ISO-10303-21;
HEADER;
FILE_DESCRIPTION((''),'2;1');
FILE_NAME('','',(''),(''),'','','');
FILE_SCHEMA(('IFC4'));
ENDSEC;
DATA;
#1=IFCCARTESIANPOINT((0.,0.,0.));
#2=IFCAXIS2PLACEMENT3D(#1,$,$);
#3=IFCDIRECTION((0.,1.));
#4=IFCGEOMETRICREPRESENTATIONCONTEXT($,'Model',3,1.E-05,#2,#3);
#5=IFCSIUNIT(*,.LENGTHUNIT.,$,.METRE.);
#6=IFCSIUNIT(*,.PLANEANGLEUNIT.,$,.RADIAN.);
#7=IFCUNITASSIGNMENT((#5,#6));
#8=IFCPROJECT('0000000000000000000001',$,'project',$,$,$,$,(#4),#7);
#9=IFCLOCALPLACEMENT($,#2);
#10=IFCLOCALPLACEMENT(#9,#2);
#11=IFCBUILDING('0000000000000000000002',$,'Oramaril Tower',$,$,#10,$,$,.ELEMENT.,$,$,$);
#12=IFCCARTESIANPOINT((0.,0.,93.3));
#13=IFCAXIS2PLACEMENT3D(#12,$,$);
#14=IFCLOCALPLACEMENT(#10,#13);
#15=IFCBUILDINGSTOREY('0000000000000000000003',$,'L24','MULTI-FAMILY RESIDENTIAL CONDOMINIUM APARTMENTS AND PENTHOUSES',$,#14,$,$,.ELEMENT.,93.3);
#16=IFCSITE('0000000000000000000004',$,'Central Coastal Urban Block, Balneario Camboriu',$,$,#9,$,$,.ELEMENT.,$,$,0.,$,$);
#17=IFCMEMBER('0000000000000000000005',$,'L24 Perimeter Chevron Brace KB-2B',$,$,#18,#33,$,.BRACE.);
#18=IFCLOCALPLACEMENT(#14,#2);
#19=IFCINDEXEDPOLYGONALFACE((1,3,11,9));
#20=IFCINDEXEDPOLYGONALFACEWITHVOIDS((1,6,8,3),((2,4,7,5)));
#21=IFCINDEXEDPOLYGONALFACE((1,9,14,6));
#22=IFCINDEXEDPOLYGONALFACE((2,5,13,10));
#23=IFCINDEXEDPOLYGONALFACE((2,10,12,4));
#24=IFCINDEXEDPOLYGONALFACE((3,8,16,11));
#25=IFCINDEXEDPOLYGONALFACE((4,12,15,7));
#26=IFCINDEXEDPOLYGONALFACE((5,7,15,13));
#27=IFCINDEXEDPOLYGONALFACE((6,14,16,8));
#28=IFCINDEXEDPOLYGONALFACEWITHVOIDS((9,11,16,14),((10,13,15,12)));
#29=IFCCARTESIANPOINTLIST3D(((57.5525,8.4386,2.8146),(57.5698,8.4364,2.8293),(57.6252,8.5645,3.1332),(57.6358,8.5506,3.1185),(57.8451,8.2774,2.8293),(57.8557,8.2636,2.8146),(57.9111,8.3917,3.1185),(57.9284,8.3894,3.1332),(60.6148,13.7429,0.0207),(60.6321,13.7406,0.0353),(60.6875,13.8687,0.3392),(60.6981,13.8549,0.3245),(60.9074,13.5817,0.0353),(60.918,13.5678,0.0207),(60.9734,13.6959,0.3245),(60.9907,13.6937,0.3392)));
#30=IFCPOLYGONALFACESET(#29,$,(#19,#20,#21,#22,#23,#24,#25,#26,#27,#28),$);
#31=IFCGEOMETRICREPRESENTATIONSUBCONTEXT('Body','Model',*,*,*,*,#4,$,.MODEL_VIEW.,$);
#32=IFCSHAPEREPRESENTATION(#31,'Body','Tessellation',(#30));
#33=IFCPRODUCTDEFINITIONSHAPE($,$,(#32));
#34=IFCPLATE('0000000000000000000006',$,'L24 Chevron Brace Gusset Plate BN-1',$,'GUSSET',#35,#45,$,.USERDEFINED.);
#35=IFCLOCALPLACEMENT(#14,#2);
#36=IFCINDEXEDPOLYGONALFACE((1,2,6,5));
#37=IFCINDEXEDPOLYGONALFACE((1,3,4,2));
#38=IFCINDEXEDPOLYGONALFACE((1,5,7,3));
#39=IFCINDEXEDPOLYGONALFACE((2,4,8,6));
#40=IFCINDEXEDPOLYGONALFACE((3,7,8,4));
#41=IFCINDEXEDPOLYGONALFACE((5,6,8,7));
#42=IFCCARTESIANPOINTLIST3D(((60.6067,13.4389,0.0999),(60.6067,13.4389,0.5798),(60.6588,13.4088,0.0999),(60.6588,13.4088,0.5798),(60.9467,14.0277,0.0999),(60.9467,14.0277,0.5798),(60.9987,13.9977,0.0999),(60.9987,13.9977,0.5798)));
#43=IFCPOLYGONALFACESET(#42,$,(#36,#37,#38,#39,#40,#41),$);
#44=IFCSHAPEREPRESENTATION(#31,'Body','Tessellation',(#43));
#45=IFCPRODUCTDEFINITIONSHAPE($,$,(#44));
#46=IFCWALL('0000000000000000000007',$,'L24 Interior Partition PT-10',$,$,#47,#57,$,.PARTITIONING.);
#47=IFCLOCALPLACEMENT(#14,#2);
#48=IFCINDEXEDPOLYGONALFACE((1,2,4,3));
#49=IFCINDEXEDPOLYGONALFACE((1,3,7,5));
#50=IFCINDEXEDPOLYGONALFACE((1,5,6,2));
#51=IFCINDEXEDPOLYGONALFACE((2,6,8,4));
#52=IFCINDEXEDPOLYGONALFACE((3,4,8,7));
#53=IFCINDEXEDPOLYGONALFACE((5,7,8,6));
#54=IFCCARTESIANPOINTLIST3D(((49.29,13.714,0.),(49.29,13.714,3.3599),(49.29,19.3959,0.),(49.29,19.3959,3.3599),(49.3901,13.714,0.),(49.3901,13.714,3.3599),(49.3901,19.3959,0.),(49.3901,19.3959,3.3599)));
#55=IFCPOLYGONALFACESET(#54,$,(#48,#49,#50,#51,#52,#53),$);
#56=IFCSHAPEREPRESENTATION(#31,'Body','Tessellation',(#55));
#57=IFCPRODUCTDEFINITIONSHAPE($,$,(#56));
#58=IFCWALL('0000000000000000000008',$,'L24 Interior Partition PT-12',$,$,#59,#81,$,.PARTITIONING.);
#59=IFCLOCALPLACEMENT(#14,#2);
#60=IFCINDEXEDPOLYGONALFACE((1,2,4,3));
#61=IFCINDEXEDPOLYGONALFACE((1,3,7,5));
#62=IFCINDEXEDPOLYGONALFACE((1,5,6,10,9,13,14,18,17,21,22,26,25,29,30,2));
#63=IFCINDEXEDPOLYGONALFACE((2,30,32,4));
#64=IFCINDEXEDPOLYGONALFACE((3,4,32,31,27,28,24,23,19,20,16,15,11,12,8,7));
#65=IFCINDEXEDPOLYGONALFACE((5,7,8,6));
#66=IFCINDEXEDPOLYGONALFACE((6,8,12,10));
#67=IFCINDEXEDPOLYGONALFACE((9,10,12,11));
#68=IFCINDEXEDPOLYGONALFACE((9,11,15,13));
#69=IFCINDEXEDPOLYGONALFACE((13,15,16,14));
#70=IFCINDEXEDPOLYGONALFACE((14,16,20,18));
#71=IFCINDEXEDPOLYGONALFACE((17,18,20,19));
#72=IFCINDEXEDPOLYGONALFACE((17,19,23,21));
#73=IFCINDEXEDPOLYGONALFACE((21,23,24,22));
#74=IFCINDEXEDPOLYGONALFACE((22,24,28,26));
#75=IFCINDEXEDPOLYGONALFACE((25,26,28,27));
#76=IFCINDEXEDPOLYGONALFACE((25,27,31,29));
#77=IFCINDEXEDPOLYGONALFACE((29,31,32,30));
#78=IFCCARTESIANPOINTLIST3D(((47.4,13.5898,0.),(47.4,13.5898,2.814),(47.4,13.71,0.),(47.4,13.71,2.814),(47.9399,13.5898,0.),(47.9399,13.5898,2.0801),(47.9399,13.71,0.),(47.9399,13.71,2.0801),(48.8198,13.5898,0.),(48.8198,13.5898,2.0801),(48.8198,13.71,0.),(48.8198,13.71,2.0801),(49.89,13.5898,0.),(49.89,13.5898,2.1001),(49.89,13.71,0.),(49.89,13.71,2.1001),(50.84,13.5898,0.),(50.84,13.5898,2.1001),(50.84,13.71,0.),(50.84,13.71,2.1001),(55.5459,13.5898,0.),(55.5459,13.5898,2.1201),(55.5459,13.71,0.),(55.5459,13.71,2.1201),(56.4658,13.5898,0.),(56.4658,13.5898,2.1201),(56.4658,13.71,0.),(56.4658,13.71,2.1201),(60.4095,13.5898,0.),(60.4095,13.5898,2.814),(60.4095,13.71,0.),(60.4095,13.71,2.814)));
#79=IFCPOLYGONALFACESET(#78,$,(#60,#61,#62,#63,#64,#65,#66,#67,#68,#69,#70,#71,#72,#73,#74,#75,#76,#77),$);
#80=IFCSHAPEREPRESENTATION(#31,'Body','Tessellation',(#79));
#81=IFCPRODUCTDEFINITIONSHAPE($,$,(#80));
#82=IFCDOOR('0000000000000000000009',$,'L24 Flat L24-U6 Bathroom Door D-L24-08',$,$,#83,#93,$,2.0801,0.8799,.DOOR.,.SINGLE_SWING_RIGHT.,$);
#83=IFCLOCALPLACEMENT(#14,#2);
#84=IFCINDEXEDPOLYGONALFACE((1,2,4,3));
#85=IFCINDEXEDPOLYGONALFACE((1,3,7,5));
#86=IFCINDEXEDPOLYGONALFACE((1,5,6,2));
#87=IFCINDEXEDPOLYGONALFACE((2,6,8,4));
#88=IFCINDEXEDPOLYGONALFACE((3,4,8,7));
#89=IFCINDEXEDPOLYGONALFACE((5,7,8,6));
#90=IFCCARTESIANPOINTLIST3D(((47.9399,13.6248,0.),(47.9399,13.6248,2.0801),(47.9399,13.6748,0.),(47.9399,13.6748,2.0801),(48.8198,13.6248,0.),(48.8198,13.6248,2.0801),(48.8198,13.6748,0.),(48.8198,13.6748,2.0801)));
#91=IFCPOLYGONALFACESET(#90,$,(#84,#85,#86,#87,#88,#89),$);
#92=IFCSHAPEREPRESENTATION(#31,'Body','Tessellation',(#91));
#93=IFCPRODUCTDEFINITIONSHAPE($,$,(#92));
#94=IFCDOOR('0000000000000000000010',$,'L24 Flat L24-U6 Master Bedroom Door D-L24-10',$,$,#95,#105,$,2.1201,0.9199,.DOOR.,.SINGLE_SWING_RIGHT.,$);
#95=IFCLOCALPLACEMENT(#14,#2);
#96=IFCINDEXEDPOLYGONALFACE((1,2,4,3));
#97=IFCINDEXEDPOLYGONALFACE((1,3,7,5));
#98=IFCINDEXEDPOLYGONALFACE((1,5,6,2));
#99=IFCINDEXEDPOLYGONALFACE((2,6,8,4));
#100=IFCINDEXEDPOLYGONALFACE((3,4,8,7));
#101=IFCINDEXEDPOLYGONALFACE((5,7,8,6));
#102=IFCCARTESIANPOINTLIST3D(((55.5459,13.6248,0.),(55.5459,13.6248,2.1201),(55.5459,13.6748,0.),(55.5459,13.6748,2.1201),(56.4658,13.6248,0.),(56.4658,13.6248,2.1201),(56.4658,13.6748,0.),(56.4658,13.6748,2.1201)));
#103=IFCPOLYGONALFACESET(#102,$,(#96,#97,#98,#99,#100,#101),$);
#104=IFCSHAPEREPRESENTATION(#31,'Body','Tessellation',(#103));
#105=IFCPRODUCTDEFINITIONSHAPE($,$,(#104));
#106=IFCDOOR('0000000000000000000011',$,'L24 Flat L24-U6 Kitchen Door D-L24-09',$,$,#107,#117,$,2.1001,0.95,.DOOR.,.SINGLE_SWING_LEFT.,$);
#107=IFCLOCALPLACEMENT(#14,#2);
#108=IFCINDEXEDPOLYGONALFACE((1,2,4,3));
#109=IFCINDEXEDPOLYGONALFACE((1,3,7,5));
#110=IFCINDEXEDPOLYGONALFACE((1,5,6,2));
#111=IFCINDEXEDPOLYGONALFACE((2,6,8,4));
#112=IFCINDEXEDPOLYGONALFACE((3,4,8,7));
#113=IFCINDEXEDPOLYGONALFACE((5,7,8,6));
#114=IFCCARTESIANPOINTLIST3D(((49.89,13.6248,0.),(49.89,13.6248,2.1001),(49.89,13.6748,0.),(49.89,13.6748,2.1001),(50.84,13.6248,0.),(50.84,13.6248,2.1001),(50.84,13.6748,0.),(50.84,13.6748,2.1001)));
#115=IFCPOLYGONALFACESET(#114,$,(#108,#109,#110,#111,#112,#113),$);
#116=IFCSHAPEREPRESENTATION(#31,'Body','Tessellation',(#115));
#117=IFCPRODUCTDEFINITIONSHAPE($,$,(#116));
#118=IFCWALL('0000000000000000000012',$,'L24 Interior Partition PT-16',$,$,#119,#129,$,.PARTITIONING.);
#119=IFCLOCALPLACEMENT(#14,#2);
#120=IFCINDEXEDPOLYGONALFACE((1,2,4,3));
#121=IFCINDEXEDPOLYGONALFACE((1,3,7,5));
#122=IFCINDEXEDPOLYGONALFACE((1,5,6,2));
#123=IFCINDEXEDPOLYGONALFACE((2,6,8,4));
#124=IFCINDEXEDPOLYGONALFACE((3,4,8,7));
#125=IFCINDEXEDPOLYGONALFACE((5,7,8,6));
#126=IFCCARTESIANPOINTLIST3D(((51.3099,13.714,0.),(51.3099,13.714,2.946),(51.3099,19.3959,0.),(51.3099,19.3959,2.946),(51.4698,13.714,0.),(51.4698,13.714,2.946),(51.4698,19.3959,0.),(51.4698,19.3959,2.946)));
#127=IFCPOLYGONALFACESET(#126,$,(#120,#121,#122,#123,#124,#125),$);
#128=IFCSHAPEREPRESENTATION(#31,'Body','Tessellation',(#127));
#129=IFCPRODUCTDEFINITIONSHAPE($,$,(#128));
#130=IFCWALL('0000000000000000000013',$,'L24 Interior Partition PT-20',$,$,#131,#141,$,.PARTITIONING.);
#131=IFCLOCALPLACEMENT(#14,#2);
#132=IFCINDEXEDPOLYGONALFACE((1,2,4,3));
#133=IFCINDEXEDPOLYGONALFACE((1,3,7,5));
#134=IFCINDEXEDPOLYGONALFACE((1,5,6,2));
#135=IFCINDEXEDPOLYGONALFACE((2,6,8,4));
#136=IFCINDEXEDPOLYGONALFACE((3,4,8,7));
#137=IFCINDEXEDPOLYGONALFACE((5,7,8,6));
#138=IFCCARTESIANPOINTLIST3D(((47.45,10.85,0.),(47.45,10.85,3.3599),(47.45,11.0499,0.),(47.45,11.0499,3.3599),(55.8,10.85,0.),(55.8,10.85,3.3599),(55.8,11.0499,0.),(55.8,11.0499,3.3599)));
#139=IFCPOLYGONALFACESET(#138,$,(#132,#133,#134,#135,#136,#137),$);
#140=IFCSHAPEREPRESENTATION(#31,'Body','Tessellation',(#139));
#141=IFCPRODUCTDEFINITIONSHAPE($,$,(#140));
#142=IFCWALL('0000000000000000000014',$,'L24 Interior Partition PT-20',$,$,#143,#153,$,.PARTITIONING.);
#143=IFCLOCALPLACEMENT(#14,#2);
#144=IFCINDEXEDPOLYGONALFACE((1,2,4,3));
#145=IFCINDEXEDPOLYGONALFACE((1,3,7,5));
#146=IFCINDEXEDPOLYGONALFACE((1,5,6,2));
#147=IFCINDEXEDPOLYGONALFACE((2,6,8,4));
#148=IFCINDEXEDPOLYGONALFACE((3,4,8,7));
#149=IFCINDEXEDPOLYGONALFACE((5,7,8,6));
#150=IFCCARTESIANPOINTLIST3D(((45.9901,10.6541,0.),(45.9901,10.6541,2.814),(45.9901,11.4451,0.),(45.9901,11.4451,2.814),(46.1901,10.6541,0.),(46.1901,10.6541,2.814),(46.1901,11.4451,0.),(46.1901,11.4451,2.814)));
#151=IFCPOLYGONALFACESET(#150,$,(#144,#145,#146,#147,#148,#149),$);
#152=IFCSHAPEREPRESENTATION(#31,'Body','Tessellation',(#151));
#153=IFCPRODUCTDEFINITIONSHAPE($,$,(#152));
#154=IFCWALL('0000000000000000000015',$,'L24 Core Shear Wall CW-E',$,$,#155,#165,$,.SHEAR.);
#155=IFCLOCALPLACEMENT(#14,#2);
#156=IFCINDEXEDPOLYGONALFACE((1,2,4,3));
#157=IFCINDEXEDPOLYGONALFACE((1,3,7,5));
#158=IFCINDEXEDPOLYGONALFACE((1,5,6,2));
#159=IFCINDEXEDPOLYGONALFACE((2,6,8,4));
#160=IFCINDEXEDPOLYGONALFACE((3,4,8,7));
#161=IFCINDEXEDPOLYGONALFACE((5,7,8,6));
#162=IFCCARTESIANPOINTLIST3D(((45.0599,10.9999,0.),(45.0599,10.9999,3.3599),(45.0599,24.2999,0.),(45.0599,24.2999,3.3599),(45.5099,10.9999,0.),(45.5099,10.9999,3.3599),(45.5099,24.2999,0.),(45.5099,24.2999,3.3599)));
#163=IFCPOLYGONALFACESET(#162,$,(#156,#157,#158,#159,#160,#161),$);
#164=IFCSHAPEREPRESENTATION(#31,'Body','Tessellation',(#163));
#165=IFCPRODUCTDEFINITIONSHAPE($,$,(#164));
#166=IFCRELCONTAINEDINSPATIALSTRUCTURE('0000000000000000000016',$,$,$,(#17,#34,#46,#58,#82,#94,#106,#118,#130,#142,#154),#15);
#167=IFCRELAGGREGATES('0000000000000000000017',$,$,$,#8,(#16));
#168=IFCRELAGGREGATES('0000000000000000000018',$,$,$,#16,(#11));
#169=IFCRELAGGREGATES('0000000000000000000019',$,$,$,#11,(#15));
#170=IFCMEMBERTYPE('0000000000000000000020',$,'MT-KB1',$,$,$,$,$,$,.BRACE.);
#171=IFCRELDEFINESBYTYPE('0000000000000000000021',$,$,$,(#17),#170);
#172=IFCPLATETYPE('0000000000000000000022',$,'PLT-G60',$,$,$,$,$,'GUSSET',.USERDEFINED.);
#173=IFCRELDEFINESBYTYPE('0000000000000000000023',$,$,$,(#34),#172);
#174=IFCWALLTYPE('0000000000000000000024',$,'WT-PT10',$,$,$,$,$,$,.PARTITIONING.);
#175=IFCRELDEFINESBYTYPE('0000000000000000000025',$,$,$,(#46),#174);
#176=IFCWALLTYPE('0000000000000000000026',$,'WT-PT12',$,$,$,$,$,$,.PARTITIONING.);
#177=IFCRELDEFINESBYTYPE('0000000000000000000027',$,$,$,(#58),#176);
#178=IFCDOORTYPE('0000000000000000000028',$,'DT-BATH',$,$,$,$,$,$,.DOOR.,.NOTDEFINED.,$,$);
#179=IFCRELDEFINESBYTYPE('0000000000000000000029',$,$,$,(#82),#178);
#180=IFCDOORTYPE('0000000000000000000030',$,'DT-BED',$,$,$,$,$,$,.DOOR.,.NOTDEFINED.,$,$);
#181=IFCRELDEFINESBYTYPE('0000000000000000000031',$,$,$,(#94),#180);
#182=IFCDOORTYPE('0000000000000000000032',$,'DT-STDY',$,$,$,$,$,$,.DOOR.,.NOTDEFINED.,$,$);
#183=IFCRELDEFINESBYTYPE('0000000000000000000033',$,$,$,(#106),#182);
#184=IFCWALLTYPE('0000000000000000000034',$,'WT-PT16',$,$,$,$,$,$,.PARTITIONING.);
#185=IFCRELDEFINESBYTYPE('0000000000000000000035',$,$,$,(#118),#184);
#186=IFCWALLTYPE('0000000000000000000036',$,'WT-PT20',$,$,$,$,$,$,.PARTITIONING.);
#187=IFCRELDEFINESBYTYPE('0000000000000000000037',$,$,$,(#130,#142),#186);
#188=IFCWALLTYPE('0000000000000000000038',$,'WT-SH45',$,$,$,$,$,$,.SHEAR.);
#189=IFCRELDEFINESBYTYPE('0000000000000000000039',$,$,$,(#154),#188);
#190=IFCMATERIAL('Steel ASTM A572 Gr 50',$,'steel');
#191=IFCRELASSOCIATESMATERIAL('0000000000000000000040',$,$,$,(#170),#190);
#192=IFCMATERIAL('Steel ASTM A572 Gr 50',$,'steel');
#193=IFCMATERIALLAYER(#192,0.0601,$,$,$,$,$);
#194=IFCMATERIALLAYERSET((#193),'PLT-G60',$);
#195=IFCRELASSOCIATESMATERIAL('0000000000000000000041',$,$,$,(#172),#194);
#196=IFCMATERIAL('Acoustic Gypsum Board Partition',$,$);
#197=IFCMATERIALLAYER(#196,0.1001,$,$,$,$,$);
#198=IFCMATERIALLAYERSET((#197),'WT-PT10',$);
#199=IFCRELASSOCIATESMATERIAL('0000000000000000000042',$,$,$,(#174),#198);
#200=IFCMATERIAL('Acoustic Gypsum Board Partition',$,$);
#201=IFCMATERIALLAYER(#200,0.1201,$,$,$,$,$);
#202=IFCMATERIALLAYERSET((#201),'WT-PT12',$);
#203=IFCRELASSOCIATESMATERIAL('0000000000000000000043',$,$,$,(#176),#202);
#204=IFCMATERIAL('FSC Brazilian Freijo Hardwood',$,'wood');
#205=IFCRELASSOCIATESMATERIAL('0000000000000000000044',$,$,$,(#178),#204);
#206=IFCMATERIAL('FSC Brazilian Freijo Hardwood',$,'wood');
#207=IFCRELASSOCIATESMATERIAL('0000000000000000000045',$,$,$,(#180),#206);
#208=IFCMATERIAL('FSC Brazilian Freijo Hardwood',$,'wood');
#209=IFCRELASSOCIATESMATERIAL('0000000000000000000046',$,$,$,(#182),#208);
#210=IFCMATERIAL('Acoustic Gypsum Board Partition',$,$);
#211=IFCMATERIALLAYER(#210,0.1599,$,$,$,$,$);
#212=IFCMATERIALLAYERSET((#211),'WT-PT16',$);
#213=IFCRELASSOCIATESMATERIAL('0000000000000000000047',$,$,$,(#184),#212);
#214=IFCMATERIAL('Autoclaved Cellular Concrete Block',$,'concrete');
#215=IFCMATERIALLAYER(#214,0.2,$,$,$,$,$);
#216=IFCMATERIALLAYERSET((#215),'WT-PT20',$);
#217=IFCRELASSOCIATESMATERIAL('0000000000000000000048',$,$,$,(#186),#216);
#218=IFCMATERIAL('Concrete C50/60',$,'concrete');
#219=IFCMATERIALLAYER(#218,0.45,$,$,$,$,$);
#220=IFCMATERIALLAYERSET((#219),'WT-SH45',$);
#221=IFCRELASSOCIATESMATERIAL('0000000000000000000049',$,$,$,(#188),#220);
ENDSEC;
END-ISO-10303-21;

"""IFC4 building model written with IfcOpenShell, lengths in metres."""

from ifc_helpers import new_model, si_unit, direction, frame, frame_2d, origin, origin_2d, place, context, subcontext, project, spatial, rectangle, hollow_rectangle, extrude, material, layer, layer_set, material_profile, profile_set, type_object, element, fill, save


model = new_model("IFC4")

# Units and contexts
model_context = context("Model", 3, precision=1e-05, world=origin(), true_north=direction((0.0, 1.0)))
body_context = subcontext(model_context, "Body", "Model", "MODEL_VIEW")
ifc_project = project(units=[si_unit("LENGTHUNIT", "METRE"), si_unit("PLANEANGLEUNIT", "RADIAN")], contexts=[model_context])

# Site, building, storey
site_placement = place(None, origin())
site = spatial("IfcSite", under=ifc_project, at=site_placement, Name="Central Coastal Urban Block, Balneario Camboriu", CompositionType="ELEMENT", RefElevation=0.0)
building_placement = place(site_placement, origin())
building = spatial("IfcBuilding", under=site, at=building_placement, Name="Oramaril Tower", CompositionType="ELEMENT")
storey_placement = place(building_placement, frame((0.0, 0.0, 93.3)))
storey = spatial("IfcBuildingStorey", under=building, at=storey_placement, Name="L24", Description="MULTI-FAMILY RESIDENTIAL CONDOMINIUM APARTMENTS AND PENTHOUSES", CompositionType="ELEMENT", Elevation=93.3)

# Member
ifc_material_1 = material(Name="Steel ASTM A572 Gr 50", Category="steel")
ifc_material_profile_1 = material_profile(ifc_material_1, hollow_rectangle(XDim=0.3501, YDim=0.3501, WallThickness=0.0161, at=origin_2d()), Name="HSS350X350X16")
ifc_profile_set_1 = profile_set([ifc_material_profile_1], Name="Steel ASTM A572 Gr 50")
member_type = type_object("IfcMemberType", Name="MT-KB1", PredefinedType="BRACE", material=ifc_profile_set_1)
member_placement = place(storey_placement, frame((60.8027, 13.7183, 0.1799), z_axis=(-0.454889, -0.787924, 0.415033), x_axis=(0.866034, -0.499985, 0.0)))
element("IfcMember", 1, at=member_placement, inside=storey, type_object=member_type, Name="L24 Perimeter Chevron Brace KB-2B", PredefinedType="BRACE", context=body_context, shape_type="SweptSolid", body=[
    extrude(hollow_rectangle(XDim=0.3501, YDim=0.3501, WallThickness=0.0161, at=origin_2d()), origin(), (0.0, 0.0, 1.0), 6.7319),
])

# Plate
ifc_material_2 = material(Name="Steel ASTM A572 Gr 50", Category="steel")
ifc_layer_1 = layer(ifc_material_2, 0.0601)
ifc_layer_set_1 = layer_set([ifc_layer_1], Name="PLT-G60")
plate_type = type_object("IfcPlateType", Name="PLT-G60", ElementType="GUSSET", PredefinedType="USERDEFINED", material=ifc_layer_set_1)
plate_placement = place(storey_placement, frame((60.8027, 13.7183, 0.0999), z_axis=(0.0, 0.0, 1.0), x_axis=(0.5, 0.866025, 0.0)))
element("IfcPlate", 2, at=plate_placement, inside=storey, type_object=plate_type, Name="L24 Chevron Brace Gusset Plate BN-1", ObjectType="GUSSET", PredefinedType="USERDEFINED", context=body_context, shape_type="SweptSolid", body=[
    extrude(rectangle(XDim=0.6799, YDim=0.0601, at=origin_2d()), origin(), (0.0, 0.0, 1.0), 0.48),
])

# Wall
ifc_material_3 = material(Name="Acoustic Gypsum Board Partition")
ifc_layer_2 = layer(ifc_material_3, 0.1001)
ifc_layer_set_2 = layer_set([ifc_layer_2], Name="WT-PT10")
wall_type_1 = type_object("IfcWallType", Name="WT-PT10", PredefinedType="PARTITIONING", material=ifc_layer_set_2)
wall_1_placement = place(storey_placement, frame((49.3401, 13.7141, 0.0), z_axis=(0.0, 0.0, 1.0), x_axis=(0.0, 1.0, 0.0)))
element("IfcWall", 3, at=wall_1_placement, inside=storey, type_object=wall_type_1, Name="L24 Interior Partition PT-10", PredefinedType="PARTITIONING", context=body_context, shape_type="SweptSolid", body=[
    extrude(rectangle(XDim=5.6819, YDim=0.1001, at=frame_2d((2.8408, 0.0))), origin(), (0.0, 0.0, 1.0), 3.3599),
])

# Wall, openings, doors
ifc_material_4 = material(Name="Acoustic Gypsum Board Partition")
ifc_layer_3 = layer(ifc_material_4, 0.1201)
ifc_layer_set_3 = layer_set([ifc_layer_3], Name="WT-PT12")
wall_type_2 = type_object("IfcWallType", Name="WT-PT12", PredefinedType="PARTITIONING", material=ifc_layer_set_3)
wall_2_placement = place(storey_placement, frame((47.3999, 13.6499, 0.0), z_axis=(0.0, 0.0, 1.0), x_axis=(1.0, 0.0, 0.0)))
wall_2 = element("IfcWall", 4, at=wall_2_placement, inside=storey, type_object=wall_type_2, Name="L24 Interior Partition PT-12", PredefinedType="PARTITIONING", context=body_context, shape_type="SweptSolid", body=[
    extrude(rectangle(XDim=13.0095, YDim=0.1201, at=frame_2d((6.5049, 0.0))), origin(), (0.0, 0.0, 1.0), 2.814),
])
opening_1_placement = place(wall_2_placement, frame((0.54, 0.0, 0.0)))
opening_1 = element("IfcOpeningElement", 5, at=opening_1_placement, cuts=wall_2, PredefinedType="OPENING", context=body_context, shape_type="SweptSolid", body=[
    extrude(rectangle(XDim=0.8799, YDim=2.0801, at=frame_2d((0.4399, 1.04))), frame((0.0, 0.0601, 0.0), z_axis=(0.0, -1.0, 0.0), x_axis=(1.0, 0.0, 0.0)), (0.0, 0.0, 1.0), 0.1201),
])
opening_2_placement = place(wall_2_placement, frame((2.49, 0.0, 0.0)))
opening_2 = element("IfcOpeningElement", 6, at=opening_2_placement, cuts=wall_2, PredefinedType="OPENING", context=body_context, shape_type="SweptSolid", body=[
    extrude(rectangle(XDim=0.95, YDim=2.1001, at=frame_2d((0.4751, 1.05))), frame((0.0, 0.0601, 0.0), z_axis=(0.0, -1.0, 0.0), x_axis=(1.0, 0.0, 0.0)), (0.0, 0.0, 1.0), 0.1201),
])
opening_3_placement = place(wall_2_placement, frame((8.146, 0.0, 0.0)))
opening_3 = element("IfcOpeningElement", 7, at=opening_3_placement, cuts=wall_2, PredefinedType="OPENING", context=body_context, shape_type="SweptSolid", body=[
    extrude(rectangle(XDim=0.9199, YDim=2.1201, at=frame_2d((0.46, 1.0601))), frame((0.0, 0.0601, 0.0), z_axis=(0.0, -1.0, 0.0), x_axis=(1.0, 0.0, 0.0)), (0.0, 0.0, 1.0), 0.1201),
])
ifc_material_5 = material(Name="FSC Brazilian Freijo Hardwood", Category="wood")
door_type_1 = type_object("IfcDoorType", Name="DT-BATH", OperationType="NOTDEFINED", PredefinedType="DOOR", material=ifc_material_5)
door_1_placement = place(opening_1_placement, origin())
door_1 = element("IfcDoor", 8, at=door_1_placement, inside=storey, type_object=door_type_1, Name="L24 Flat L24-U6 Bathroom Door D-L24-08", OperationType="SINGLE_SWING_RIGHT", OverallHeight=2.0801, OverallWidth=0.8799, PredefinedType="DOOR", context=body_context, shape_type="SweptSolid", body=[
    extrude(rectangle(XDim=0.8799, YDim=2.0801, at=frame_2d((0.4399, 1.04))), frame((0.0, 0.0249, 0.0), z_axis=(0.0, -1.0, 0.0), x_axis=(1.0, 0.0, 0.0)), (0.0, 0.0, 1.0), 0.05),
])
fill(opening_1, door_1)
ifc_material_6 = material(Name="FSC Brazilian Freijo Hardwood", Category="wood")
door_type_2 = type_object("IfcDoorType", Name="DT-BED", OperationType="NOTDEFINED", PredefinedType="DOOR", material=ifc_material_6)
door_2_placement = place(opening_3_placement, origin())
door_2 = element("IfcDoor", 9, at=door_2_placement, inside=storey, type_object=door_type_2, Name="L24 Flat L24-U6 Master Bedroom Door D-L24-10", OperationType="SINGLE_SWING_RIGHT", OverallHeight=2.1201, OverallWidth=0.9199, PredefinedType="DOOR", context=body_context, shape_type="SweptSolid", body=[
    extrude(rectangle(XDim=0.9199, YDim=2.1201, at=frame_2d((0.46, 1.0601))), frame((0.0, 0.0249, 0.0), z_axis=(0.0, -1.0, 0.0), x_axis=(1.0, 0.0, 0.0)), (0.0, 0.0, 1.0), 0.05),
])
fill(opening_3, door_2)
ifc_material_7 = material(Name="FSC Brazilian Freijo Hardwood", Category="wood")
door_type_3 = type_object("IfcDoorType", Name="DT-STDY", OperationType="NOTDEFINED", PredefinedType="DOOR", material=ifc_material_7)
door_3_placement = place(opening_2_placement, origin())
door_3 = element("IfcDoor", 10, at=door_3_placement, inside=storey, type_object=door_type_3, Name="L24 Flat L24-U6 Kitchen Door D-L24-09", OperationType="SINGLE_SWING_LEFT", OverallHeight=2.1001, OverallWidth=0.95, PredefinedType="DOOR", context=body_context, shape_type="SweptSolid", body=[
    extrude(rectangle(XDim=0.95, YDim=2.1001, at=frame_2d((0.4751, 1.05))), frame((0.0, 0.0249, 0.0), z_axis=(0.0, -1.0, 0.0), x_axis=(1.0, 0.0, 0.0)), (0.0, 0.0, 1.0), 0.05),
])
fill(opening_2, door_3)

# Walls
ifc_material_8 = material(Name="Acoustic Gypsum Board Partition")
ifc_layer_4 = layer(ifc_material_8, 0.1599)
ifc_layer_set_4 = layer_set([ifc_layer_4], Name="WT-PT16")
wall_type_3 = type_object("IfcWallType", Name="WT-PT16", PredefinedType="PARTITIONING", material=ifc_layer_set_4)
wall_3_placement = place(storey_placement, frame((51.3899, 13.7141, 0.0), z_axis=(0.0, 0.0, 1.0), x_axis=(0.0, 1.0, 0.0)))
element("IfcWall", 11, at=wall_3_placement, inside=storey, type_object=wall_type_3, Name="L24 Interior Partition PT-16", PredefinedType="PARTITIONING", context=body_context, shape_type="SweptSolid", body=[
    extrude(rectangle(XDim=5.6819, YDim=0.1599, at=frame_2d((2.8408, 0.0))), origin(), (0.0, 0.0, 1.0), 2.946),
])
ifc_material_9 = material(Name="Autoclaved Cellular Concrete Block", Category="concrete")
ifc_layer_5 = layer(ifc_material_9, 0.2)
ifc_layer_set_5 = layer_set([ifc_layer_5], Name="WT-PT20")
wall_type_4 = type_object("IfcWallType", Name="WT-PT20", PredefinedType="PARTITIONING", material=ifc_layer_set_5)
wall_4_placement = place(storey_placement, frame((47.45, 10.95, 0.0), z_axis=(0.0, 0.0, 1.0), x_axis=(1.0, 0.0, 0.0)))
element("IfcWall", 12, at=wall_4_placement, inside=storey, type_object=wall_type_4, Name="L24 Interior Partition PT-20", PredefinedType="PARTITIONING", context=body_context, shape_type="SweptSolid", body=[
    extrude(rectangle(XDim=8.3501, YDim=0.2, at=frame_2d((4.175, 0.0))), origin(), (0.0, 0.0, 1.0), 3.3599),
])
wall_5_placement = place(storey_placement, frame((46.0901, 10.6541, 0.0), z_axis=(0.0, 0.0, 1.0), x_axis=(0.0, 1.0, 0.0)))
element("IfcWall", 13, at=wall_5_placement, inside=storey, type_object=wall_type_4, Name="L24 Interior Partition PT-20", PredefinedType="PARTITIONING", context=body_context, shape_type="SweptSolid", body=[
    extrude(rectangle(XDim=0.791, YDim=0.2, at=frame_2d((0.3955, 0.0))), origin(), (0.0, 0.0, 1.0), 2.814),
])

# Wall
ifc_material_10 = material(Name="Concrete C50/60", Category="concrete")
ifc_layer_6 = layer(ifc_material_10, 0.45)
ifc_layer_set_6 = layer_set([ifc_layer_6], Name="WT-SH45")
wall_type_5 = type_object("IfcWallType", Name="WT-SH45", PredefinedType="SHEAR", material=ifc_layer_set_6)
wall_6_placement = place(storey_placement, frame((45.2849, 11.0, 0.0), z_axis=(0.0, 0.0, 1.0), x_axis=(0.0, 1.0, 0.0)))
element("IfcWall", 14, at=wall_6_placement, inside=storey, type_object=wall_type_5, Name="L24 Core Shear Wall CW-E", PredefinedType="SHEAR", context=body_context, shape_type="SweptSolid", body=[
    extrude(rectangle(XDim=13.3, YDim=0.45, at=frame_2d((6.6499, 0.0))), origin(), (0.0, 0.0, 1.0), 3.3599),
])

save(model, "model.ifc")
